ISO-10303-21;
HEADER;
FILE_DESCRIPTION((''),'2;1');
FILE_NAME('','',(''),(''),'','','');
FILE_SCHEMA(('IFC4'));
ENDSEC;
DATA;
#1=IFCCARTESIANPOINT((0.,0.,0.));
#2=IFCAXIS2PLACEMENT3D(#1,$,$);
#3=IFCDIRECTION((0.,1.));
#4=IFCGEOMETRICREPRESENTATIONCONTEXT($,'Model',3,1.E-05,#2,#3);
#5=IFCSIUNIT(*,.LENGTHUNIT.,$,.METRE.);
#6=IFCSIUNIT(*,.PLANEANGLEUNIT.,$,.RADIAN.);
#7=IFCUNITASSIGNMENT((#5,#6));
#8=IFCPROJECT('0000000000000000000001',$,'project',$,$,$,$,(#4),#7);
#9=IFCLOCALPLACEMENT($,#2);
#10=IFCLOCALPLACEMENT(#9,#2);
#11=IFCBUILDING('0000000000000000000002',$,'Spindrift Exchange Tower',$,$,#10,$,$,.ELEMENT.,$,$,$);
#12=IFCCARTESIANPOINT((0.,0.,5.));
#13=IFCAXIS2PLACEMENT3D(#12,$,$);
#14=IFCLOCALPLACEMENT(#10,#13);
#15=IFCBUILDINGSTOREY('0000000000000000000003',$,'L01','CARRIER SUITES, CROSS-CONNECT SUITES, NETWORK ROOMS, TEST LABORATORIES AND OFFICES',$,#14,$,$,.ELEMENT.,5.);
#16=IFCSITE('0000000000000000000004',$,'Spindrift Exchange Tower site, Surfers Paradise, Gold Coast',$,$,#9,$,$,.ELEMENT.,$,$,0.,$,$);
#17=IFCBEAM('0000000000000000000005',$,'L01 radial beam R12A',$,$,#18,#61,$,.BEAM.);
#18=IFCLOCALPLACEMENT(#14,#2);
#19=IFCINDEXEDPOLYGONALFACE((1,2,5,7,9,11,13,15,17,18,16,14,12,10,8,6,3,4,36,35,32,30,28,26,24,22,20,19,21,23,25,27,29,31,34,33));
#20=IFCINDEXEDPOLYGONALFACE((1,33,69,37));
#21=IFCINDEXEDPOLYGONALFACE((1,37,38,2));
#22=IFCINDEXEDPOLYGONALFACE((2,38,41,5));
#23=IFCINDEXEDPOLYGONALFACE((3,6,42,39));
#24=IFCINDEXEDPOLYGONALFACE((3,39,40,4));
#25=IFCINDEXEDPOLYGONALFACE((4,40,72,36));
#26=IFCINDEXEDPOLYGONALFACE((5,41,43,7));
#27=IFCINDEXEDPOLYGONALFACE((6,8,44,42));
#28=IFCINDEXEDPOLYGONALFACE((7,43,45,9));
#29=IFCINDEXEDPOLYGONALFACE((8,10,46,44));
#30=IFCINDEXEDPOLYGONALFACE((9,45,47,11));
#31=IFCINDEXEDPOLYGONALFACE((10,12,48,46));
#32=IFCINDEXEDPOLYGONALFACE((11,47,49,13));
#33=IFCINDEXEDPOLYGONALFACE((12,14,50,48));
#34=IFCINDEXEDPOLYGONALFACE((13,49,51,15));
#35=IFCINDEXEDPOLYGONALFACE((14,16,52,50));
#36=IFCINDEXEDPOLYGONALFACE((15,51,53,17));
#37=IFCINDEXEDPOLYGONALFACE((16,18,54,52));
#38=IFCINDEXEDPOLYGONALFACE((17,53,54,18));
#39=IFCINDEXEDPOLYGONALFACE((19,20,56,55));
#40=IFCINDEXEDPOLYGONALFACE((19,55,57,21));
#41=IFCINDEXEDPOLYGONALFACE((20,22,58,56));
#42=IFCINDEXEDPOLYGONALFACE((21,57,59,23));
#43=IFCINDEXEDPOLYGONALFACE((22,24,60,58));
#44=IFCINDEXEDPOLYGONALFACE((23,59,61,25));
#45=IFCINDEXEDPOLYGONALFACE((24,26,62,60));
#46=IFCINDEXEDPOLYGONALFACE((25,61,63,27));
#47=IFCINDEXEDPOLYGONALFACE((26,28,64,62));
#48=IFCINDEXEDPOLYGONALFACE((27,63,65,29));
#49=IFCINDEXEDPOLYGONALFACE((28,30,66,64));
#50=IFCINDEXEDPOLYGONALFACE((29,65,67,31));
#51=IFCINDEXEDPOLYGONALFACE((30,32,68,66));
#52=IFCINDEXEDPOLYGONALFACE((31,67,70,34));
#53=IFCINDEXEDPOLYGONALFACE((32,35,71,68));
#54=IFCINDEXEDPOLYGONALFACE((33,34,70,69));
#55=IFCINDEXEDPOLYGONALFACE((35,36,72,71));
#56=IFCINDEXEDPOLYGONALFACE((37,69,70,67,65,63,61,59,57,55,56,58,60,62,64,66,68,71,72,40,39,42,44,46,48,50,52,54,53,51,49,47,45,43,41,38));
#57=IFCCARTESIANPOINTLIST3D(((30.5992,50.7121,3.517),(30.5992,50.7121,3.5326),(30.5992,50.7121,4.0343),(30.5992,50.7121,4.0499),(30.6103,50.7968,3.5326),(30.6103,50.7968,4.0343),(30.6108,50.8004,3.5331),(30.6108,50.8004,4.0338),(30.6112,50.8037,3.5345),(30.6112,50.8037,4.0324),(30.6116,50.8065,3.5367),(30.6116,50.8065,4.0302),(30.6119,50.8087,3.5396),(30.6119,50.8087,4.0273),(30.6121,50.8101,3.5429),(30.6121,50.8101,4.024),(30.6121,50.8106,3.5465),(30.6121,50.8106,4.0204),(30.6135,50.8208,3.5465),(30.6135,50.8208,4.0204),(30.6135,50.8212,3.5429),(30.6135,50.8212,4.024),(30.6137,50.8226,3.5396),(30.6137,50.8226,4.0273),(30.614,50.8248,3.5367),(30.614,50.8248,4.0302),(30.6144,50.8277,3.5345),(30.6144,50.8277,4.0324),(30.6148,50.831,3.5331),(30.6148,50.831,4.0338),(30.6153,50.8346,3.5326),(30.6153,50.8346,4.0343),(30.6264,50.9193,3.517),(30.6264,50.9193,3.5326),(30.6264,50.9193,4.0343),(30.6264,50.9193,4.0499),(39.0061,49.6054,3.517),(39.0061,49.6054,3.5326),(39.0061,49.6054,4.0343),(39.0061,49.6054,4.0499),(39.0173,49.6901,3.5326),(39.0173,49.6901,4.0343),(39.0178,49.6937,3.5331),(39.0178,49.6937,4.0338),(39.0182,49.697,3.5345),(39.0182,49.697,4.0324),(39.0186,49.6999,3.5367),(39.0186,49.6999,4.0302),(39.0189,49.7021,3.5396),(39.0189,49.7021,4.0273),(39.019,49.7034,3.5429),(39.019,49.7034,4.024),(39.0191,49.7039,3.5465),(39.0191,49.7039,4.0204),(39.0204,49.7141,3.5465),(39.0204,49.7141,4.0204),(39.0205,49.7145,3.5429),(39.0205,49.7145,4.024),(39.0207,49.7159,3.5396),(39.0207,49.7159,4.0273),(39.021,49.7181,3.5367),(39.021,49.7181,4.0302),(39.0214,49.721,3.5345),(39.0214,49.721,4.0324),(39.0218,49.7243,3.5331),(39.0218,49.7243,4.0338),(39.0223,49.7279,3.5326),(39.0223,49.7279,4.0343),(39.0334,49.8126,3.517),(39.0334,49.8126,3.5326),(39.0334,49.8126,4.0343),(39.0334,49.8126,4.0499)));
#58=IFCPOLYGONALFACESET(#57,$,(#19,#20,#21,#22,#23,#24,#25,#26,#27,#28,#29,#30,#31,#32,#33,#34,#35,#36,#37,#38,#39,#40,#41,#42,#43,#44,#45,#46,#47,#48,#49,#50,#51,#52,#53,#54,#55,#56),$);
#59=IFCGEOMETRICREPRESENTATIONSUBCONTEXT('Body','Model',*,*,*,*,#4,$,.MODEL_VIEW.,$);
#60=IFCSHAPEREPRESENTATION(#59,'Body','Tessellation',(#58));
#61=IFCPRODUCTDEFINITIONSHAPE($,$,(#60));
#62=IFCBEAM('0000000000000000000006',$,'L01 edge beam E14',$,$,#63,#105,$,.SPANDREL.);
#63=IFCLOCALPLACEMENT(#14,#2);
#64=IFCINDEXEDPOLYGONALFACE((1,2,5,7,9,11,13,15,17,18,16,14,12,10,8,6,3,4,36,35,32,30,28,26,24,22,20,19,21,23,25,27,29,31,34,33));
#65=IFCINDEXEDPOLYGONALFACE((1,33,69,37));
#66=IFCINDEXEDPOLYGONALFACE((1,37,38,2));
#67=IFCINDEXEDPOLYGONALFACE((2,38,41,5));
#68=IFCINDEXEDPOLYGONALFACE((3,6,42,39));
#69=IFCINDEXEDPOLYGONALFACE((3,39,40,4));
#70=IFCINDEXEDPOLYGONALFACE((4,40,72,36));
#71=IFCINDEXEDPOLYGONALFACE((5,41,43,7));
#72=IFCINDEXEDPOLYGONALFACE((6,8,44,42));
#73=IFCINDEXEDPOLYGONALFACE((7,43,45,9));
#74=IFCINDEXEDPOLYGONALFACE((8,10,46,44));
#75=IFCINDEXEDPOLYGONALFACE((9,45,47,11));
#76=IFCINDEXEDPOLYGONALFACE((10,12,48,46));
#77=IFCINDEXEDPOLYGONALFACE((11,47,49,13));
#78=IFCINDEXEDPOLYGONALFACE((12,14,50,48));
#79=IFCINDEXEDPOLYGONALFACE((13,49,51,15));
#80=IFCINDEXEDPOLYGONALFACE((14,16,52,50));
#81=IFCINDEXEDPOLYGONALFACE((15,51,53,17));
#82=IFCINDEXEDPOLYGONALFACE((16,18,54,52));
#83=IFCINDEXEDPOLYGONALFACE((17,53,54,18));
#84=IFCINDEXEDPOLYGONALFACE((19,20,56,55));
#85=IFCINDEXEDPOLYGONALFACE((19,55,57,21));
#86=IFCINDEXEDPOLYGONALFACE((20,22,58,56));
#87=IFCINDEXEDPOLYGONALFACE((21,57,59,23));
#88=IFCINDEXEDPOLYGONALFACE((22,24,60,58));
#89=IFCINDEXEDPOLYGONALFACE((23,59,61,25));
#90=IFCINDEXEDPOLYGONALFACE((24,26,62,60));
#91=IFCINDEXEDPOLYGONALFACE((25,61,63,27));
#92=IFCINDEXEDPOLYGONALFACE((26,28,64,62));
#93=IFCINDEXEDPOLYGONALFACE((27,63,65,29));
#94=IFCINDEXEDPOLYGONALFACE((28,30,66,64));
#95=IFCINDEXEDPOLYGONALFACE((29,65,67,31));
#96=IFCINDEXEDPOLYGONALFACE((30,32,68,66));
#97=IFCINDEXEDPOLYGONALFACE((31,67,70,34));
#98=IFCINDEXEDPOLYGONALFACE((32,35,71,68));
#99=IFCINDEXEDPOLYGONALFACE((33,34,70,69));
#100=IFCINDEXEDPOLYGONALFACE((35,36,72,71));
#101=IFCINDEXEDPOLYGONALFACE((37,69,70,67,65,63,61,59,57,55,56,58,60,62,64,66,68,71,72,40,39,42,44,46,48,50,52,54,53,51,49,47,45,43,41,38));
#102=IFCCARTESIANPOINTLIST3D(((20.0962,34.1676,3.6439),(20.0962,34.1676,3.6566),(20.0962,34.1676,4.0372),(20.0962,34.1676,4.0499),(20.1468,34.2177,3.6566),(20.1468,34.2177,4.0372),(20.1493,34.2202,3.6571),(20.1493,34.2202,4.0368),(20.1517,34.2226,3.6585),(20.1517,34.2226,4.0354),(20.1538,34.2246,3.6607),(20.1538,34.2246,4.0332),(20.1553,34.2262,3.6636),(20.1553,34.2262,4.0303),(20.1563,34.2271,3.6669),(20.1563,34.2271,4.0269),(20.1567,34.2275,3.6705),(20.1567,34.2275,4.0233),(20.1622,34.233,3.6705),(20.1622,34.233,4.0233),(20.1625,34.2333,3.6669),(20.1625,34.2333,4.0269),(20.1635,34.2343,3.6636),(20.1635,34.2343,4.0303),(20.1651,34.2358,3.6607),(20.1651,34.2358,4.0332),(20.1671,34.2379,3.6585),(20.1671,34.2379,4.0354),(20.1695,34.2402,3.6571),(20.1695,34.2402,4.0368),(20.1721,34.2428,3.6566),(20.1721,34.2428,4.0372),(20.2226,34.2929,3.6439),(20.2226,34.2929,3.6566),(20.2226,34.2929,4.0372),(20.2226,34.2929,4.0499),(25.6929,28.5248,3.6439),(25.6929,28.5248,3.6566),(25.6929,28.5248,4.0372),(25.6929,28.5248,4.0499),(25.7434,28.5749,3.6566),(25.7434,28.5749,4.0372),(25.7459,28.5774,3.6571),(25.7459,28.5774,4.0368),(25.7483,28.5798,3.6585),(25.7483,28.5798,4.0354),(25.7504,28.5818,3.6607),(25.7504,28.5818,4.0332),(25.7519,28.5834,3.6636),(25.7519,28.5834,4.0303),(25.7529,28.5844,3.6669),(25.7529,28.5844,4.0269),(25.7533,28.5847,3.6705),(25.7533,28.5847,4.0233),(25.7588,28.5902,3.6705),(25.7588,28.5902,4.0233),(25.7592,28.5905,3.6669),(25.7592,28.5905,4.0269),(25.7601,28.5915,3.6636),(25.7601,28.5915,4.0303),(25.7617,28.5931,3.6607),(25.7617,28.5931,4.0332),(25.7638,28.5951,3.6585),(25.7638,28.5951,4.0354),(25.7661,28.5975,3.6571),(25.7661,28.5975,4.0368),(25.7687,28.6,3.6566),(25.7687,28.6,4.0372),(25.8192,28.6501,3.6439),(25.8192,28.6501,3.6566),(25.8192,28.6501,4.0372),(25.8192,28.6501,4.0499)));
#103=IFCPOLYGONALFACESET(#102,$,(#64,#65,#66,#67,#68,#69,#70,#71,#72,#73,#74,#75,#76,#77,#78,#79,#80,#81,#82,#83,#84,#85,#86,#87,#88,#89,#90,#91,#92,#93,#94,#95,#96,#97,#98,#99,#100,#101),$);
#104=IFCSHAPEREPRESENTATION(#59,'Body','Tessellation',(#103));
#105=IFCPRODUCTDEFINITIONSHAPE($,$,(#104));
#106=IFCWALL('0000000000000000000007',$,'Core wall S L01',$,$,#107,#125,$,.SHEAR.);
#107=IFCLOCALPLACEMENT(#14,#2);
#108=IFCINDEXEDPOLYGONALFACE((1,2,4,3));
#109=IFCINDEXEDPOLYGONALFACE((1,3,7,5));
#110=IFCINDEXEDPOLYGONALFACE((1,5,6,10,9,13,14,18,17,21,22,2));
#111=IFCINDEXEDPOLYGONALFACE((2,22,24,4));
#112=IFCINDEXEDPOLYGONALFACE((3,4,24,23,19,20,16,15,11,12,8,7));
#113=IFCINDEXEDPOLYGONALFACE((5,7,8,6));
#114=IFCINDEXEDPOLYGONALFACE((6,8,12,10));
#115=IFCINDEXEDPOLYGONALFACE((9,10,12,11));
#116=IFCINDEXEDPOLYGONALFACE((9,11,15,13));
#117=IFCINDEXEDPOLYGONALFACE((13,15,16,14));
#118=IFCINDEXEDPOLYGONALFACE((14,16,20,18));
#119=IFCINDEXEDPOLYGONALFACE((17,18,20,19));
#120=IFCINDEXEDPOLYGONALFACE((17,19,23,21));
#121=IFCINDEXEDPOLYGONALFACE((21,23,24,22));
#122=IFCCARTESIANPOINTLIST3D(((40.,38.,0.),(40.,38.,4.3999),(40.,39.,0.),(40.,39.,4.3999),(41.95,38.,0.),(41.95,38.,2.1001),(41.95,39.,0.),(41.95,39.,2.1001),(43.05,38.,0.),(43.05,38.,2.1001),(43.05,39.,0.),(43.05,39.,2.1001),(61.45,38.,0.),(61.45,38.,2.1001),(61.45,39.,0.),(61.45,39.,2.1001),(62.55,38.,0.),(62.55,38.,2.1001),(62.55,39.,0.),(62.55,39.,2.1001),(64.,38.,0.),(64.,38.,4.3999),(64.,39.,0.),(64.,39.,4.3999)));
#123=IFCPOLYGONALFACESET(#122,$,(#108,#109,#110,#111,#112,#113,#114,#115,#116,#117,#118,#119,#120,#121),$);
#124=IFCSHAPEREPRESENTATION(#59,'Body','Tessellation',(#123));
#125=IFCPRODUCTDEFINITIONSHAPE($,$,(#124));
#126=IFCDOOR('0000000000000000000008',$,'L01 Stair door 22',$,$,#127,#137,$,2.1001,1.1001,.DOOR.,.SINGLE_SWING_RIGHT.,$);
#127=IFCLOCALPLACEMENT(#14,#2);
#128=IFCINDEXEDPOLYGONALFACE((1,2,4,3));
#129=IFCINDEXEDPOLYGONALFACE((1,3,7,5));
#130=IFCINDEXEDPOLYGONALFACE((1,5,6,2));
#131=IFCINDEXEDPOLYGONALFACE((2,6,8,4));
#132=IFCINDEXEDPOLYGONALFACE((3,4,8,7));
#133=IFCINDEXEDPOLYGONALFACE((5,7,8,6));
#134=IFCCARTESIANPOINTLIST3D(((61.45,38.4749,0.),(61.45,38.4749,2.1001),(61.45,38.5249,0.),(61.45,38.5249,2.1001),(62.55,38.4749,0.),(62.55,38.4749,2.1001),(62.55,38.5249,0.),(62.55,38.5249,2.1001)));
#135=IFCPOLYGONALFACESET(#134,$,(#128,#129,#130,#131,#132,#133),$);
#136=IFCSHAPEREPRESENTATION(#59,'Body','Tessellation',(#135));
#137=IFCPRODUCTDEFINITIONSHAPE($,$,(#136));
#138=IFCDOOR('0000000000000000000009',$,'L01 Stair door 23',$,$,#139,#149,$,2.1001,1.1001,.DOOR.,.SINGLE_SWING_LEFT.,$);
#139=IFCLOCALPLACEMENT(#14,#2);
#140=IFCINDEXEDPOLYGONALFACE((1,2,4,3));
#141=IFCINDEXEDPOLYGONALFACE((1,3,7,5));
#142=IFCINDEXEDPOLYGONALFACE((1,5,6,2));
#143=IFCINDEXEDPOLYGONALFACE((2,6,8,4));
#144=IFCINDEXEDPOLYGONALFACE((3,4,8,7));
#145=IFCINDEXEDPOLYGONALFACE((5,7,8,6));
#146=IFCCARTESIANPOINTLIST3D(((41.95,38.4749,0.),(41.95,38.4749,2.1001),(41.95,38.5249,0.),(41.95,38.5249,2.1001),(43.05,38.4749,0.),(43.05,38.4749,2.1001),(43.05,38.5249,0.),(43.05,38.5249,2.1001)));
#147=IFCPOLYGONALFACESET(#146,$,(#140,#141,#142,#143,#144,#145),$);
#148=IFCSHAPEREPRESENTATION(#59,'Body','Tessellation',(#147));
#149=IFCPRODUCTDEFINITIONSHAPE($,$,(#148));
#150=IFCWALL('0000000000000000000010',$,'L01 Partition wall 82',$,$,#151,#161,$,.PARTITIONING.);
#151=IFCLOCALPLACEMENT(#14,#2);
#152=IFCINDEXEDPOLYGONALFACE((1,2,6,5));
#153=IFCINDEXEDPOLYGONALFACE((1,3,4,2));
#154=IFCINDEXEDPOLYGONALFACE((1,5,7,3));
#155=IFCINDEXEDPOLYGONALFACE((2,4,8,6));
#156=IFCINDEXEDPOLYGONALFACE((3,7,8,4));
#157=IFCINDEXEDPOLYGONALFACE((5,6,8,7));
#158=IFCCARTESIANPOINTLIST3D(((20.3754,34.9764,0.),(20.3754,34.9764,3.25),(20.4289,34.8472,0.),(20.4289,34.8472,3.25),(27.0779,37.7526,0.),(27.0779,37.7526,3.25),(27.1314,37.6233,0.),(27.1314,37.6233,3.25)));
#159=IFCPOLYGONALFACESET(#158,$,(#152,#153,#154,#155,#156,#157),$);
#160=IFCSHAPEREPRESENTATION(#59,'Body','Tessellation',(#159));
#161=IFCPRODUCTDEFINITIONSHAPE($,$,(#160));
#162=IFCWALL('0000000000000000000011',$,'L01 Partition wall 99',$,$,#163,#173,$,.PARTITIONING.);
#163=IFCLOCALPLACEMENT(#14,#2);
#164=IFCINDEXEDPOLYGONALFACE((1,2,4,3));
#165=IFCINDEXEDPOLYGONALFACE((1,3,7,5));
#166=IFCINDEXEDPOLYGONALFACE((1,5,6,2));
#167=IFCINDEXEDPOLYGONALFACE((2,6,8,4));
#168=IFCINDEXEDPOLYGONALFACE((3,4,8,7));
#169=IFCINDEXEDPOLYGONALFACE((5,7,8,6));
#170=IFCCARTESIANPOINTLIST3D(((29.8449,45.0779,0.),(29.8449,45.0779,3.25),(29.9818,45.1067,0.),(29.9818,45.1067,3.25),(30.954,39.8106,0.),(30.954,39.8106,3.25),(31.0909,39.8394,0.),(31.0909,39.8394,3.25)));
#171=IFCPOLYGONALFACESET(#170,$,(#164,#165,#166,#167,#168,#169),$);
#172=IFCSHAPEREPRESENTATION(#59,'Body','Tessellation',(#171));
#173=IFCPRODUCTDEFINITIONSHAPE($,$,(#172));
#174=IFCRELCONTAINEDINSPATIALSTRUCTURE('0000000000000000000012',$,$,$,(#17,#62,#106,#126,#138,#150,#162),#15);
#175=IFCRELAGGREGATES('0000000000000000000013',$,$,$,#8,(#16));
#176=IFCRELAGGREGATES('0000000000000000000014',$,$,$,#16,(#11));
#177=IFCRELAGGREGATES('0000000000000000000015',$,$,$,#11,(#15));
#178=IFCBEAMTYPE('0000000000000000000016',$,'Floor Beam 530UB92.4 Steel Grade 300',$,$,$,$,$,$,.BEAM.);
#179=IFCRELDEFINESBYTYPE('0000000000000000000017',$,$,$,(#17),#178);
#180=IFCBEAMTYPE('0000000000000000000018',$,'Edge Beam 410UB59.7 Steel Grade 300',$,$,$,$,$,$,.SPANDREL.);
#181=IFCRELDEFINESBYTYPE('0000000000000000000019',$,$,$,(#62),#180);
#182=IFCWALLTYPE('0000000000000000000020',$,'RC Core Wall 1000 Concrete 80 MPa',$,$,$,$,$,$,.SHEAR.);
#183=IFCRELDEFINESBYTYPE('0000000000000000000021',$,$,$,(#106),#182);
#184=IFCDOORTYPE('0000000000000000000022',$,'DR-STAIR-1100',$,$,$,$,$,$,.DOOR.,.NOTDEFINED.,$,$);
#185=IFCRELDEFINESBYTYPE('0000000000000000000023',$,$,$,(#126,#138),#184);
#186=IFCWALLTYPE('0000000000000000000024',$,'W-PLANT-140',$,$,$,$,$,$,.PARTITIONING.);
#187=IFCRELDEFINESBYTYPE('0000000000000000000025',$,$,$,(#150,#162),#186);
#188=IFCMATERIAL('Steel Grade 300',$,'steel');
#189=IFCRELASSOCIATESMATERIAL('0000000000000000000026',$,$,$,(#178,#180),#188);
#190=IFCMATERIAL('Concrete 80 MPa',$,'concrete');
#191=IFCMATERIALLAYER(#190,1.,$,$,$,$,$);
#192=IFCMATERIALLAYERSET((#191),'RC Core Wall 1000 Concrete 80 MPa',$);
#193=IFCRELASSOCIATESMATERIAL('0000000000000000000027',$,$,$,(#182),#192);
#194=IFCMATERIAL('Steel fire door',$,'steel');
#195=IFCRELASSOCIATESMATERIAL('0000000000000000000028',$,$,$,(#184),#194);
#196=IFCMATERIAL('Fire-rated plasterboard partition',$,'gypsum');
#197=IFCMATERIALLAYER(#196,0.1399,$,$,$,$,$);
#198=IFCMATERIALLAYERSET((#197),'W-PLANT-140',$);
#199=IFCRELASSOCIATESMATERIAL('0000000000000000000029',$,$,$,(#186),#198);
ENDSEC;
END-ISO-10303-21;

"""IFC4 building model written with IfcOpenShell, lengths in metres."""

from ifc_helpers import new_model, si_unit, direction, frame, frame_2d, origin, origin_2d, place, context, subcontext, project, spatial, rectangle, i_section, extrude, source, transform, mapped, material, layer, layer_set, material_profile, profile_set, type_object, element, fill, save


model = new_model("IFC4")

# Units and contexts
model_context = context("Model", 3, precision=1e-05, world=origin(), true_north=direction((0.0, 1.0)))
body_context = subcontext(model_context, "Body", "Model", "MODEL_VIEW")
ifc_project = project(units=[si_unit("LENGTHUNIT", "METRE"), si_unit("PLANEANGLEUNIT", "RADIAN")], contexts=[model_context])

# Site, building, storey
site_placement = place(None, origin())
site = spatial("IfcSite", under=ifc_project, at=site_placement, Name="Spindrift Exchange Tower site, Surfers Paradise, Gold Coast", CompositionType="ELEMENT", RefElevation=0.0)
building_placement = place(site_placement, origin())
building = spatial("IfcBuilding", under=site, at=building_placement, Name="Spindrift Exchange Tower", CompositionType="ELEMENT")
storey_placement = place(building_placement, frame((0.0, 0.0, 5.0)))
storey = spatial("IfcBuildingStorey", under=building, at=storey_placement, Name="L01", Description="CARRIER SUITES, CROSS-CONNECT SUITES, NETWORK ROOMS, TEST LABORATORIES AND OFFICES", CompositionType="ELEMENT", Elevation=5.0)

# Shared definitions
ifc_material_1 = material(Name="Concrete 80 MPa", Category="concrete")

# Beams
ifc_material_2 = material(Name="Steel Grade 300", Category="steel")
ifc_material_profile_1 = material_profile(ifc_material_2, i_section(OverallWidth=0.209, OverallDepth=0.533, WebThickness=0.0103, FlangeThickness=0.0156, FilletRadius=0.0139, at=origin_2d()), Name="530UB92.4")
ifc_profile_set_1 = profile_set([ifc_material_profile_1], Name="Steel Grade 300")
beam_type_1 = type_object("IfcBeamType", Name="Floor Beam 530UB92.4 Steel Grade 300", PredefinedType="BEAM", material=ifc_profile_set_1)
shared_shape_1 = source(origin(), body_context, "Body", "SweptSolid", [
    extrude(i_section(OverallWidth=0.209, OverallDepth=0.533, WebThickness=0.0103, FlangeThickness=0.0156, FilletRadius=0.0139, at=origin_2d()), origin(), (0.0, 0.0, 1.0), 8.4795),
])
beam_1_placement = place(storey_placement, frame((39.0198, 49.709, 3.7834), z_axis=(-0.991447, 0.130513, 0.0), x_axis=(-0.130513, -0.991447, 0.0)))
element("IfcBeam", 1, at=beam_1_placement, inside=storey, type_object=beam_type_1, Name="L01 radial beam R12A", PredefinedType="BEAM", context=body_context, shape_type="MappedRepresentation", body=[
    mapped(shared_shape_1, transform((0.0, 0.0, 0.0), scale=1.0)),
])
ifc_material_profile_2 = material_profile(ifc_material_2, i_section(OverallWidth=0.178, OverallDepth=0.406, WebThickness=0.0078, FlangeThickness=0.0127, FilletRadius=0.0139, at=origin_2d()), Name="410UB59.7")
ifc_profile_set_2 = profile_set([ifc_material_profile_2], Name="Steel Grade 300")
beam_type_2 = type_object("IfcBeamType", Name="Edge Beam 410UB59.7 Steel Grade 300", PredefinedType="SPANDREL", material=ifc_profile_set_2)
shared_shape_2 = source(origin(), body_context, "Body", "SweptSolid", [
    extrude(i_section(OverallWidth=0.178, OverallDepth=0.406, WebThickness=0.0078, FlangeThickness=0.0127, FilletRadius=0.0139, at=origin_2d()), origin(), (0.0, 0.0, 1.0), 7.9475),
])
beam_2_placement = place(storey_placement, frame((20.1594, 34.2302, 3.8469), z_axis=(0.704198, -0.710004, 0.0), x_axis=(0.710004, 0.704198, 0.0)))
element("IfcBeam", 2, at=beam_2_placement, inside=storey, type_object=beam_type_2, Name="L01 edge beam E14", PredefinedType="SPANDREL", context=body_context, shape_type="MappedRepresentation", body=[
    mapped(shared_shape_2, transform((0.0, 0.0, 0.0), scale=1.0)),
])

# Wall, openings, doors
ifc_layer_1 = layer(ifc_material_1, 1.0)
ifc_layer_set_1 = layer_set([ifc_layer_1], Name="RC Core Wall 1000 Concrete 80 MPa")
wall_type_1 = type_object("IfcWallType", Name="RC Core Wall 1000 Concrete 80 MPa", PredefinedType="SHEAR", material=ifc_layer_set_1)
wall_1_placement = place(storey_placement, frame((40.0, 38.5, 0.0), z_axis=(0.0, 0.0, 1.0), x_axis=(1.0, 0.0, 0.0)))
wall_1 = element("IfcWall", 3, at=wall_1_placement, inside=storey, type_object=wall_type_1, Name="Core wall S L01", PredefinedType="SHEAR", context=body_context, shape_type="SweptSolid", body=[
    extrude(rectangle(XDim=24.0, YDim=1.0, at=frame_2d((12.0, 0.0))), origin(), (0.0, 0.0, 1.0), 4.3999),
])
opening_1_placement = place(wall_1_placement, frame((21.45, 0.0, 0.0)))
opening_1 = element("IfcOpeningElement", 4, at=opening_1_placement, cuts=wall_1, PredefinedType="OPENING", context=body_context, shape_type="SweptSolid", body=[
    extrude(rectangle(XDim=1.1001, YDim=2.1001, at=frame_2d((0.55, 1.05))), frame((0.0, 0.51, 0.0), z_axis=(0.0, -1.0, 0.0), x_axis=(1.0, 0.0, 0.0)), (0.0, 0.0, 1.0), 1.02),
])
opening_2_placement = place(wall_1_placement, frame((1.95, 0.0, 0.0)))
opening_2 = element("IfcOpeningElement", 5, at=opening_2_placement, cuts=wall_1, PredefinedType="OPENING", context=body_context, shape_type="SweptSolid", body=[
    extrude(rectangle(XDim=1.1001, YDim=2.1001, at=frame_2d((0.55, 1.05))), frame((0.0, 0.51, 0.0), z_axis=(0.0, -1.0, 0.0), x_axis=(1.0, 0.0, 0.0)), (0.0, 0.0, 1.0), 1.02),
])
ifc_material_3 = material(Name="Steel fire door", Category="steel")
door_type_1 = type_object("IfcDoorType", Name="DR-STAIR-1100", OperationType="NOTDEFINED", PredefinedType="DOOR", material=ifc_material_3)
shared_shape_3 = source(origin(), body_context, "Body", "SweptSolid", [
    extrude(rectangle(XDim=1.1001, YDim=2.1001, at=frame_2d((0.55, 1.05))), frame((0.0, 0.0249, 0.0), z_axis=(0.0, -1.0, 0.0), x_axis=(1.0, 0.0, 0.0)), (0.0, 0.0, 1.0), 0.05),
])
door_1_placement = place(opening_1_placement, origin())
door_1 = element("IfcDoor", 6, at=door_1_placement, inside=storey, type_object=door_type_1, Name="L01 Stair door 22", OperationType="SINGLE_SWING_RIGHT", OverallHeight=2.1001, OverallWidth=1.1001, PredefinedType="DOOR", context=body_context, shape_type="MappedRepresentation", body=[
    mapped(shared_shape_3, transform((0.0, 0.0, 0.0), scale=1.0)),
])
fill(opening_1, door_1)
door_2_placement = place(opening_2_placement, origin())
door_2 = element("IfcDoor", 7, at=door_2_placement, inside=storey, type_object=door_type_1, Name="L01 Stair door 23", OperationType="SINGLE_SWING_LEFT", OverallHeight=2.1001, OverallWidth=1.1001, PredefinedType="DOOR", context=body_context, shape_type="MappedRepresentation", body=[
    mapped(shared_shape_3, transform((0.0, 0.0, 0.0), scale=1.0)),
])
fill(opening_2, door_2)

# Walls
ifc_material_4 = material(Name="Fire-rated plasterboard partition", Category="gypsum")
ifc_layer_2 = layer(ifc_material_4, 0.1399)
ifc_layer_set_2 = layer_set([ifc_layer_2], Name="W-PLANT-140")
wall_type_2 = type_object("IfcWallType", Name="W-PLANT-140", PredefinedType="PARTITIONING", material=ifc_layer_set_2)
wall_2_placement = place(storey_placement, frame((27.1047, 37.688, 0.0), z_axis=(0.0, 0.0, 1.0), x_axis=(-0.923884, -0.382672, 0.0)))
element("IfcWall", 8, at=wall_2_placement, inside=storey, type_object=wall_type_2, Name="L01 Partition wall 82", PredefinedType="PARTITIONING", context=body_context, shape_type="SweptSolid", body=[
    extrude(rectangle(XDim=7.2546, YDim=0.1399, at=frame_2d((3.6274, 0.0))), origin(), (0.0, 0.0, 1.0), 3.25),
])
wall_3_placement = place(storey_placement, frame((29.9133, 45.0923, 0.0), z_axis=(0.0, 0.0, 1.0), x_axis=(0.206049, -0.978542, 0.0)))
element("IfcWall", 9, at=wall_3_placement, inside=storey, type_object=wall_type_2, Name="L01 Partition wall 99", PredefinedType="PARTITIONING", context=body_context, shape_type="SweptSolid", body=[
    extrude(rectangle(XDim=5.3828, YDim=0.1399, at=frame_2d((2.6914, 0.0))), origin(), (0.0, 0.0, 1.0), 3.25),
])

save(model, "model.ifc")
